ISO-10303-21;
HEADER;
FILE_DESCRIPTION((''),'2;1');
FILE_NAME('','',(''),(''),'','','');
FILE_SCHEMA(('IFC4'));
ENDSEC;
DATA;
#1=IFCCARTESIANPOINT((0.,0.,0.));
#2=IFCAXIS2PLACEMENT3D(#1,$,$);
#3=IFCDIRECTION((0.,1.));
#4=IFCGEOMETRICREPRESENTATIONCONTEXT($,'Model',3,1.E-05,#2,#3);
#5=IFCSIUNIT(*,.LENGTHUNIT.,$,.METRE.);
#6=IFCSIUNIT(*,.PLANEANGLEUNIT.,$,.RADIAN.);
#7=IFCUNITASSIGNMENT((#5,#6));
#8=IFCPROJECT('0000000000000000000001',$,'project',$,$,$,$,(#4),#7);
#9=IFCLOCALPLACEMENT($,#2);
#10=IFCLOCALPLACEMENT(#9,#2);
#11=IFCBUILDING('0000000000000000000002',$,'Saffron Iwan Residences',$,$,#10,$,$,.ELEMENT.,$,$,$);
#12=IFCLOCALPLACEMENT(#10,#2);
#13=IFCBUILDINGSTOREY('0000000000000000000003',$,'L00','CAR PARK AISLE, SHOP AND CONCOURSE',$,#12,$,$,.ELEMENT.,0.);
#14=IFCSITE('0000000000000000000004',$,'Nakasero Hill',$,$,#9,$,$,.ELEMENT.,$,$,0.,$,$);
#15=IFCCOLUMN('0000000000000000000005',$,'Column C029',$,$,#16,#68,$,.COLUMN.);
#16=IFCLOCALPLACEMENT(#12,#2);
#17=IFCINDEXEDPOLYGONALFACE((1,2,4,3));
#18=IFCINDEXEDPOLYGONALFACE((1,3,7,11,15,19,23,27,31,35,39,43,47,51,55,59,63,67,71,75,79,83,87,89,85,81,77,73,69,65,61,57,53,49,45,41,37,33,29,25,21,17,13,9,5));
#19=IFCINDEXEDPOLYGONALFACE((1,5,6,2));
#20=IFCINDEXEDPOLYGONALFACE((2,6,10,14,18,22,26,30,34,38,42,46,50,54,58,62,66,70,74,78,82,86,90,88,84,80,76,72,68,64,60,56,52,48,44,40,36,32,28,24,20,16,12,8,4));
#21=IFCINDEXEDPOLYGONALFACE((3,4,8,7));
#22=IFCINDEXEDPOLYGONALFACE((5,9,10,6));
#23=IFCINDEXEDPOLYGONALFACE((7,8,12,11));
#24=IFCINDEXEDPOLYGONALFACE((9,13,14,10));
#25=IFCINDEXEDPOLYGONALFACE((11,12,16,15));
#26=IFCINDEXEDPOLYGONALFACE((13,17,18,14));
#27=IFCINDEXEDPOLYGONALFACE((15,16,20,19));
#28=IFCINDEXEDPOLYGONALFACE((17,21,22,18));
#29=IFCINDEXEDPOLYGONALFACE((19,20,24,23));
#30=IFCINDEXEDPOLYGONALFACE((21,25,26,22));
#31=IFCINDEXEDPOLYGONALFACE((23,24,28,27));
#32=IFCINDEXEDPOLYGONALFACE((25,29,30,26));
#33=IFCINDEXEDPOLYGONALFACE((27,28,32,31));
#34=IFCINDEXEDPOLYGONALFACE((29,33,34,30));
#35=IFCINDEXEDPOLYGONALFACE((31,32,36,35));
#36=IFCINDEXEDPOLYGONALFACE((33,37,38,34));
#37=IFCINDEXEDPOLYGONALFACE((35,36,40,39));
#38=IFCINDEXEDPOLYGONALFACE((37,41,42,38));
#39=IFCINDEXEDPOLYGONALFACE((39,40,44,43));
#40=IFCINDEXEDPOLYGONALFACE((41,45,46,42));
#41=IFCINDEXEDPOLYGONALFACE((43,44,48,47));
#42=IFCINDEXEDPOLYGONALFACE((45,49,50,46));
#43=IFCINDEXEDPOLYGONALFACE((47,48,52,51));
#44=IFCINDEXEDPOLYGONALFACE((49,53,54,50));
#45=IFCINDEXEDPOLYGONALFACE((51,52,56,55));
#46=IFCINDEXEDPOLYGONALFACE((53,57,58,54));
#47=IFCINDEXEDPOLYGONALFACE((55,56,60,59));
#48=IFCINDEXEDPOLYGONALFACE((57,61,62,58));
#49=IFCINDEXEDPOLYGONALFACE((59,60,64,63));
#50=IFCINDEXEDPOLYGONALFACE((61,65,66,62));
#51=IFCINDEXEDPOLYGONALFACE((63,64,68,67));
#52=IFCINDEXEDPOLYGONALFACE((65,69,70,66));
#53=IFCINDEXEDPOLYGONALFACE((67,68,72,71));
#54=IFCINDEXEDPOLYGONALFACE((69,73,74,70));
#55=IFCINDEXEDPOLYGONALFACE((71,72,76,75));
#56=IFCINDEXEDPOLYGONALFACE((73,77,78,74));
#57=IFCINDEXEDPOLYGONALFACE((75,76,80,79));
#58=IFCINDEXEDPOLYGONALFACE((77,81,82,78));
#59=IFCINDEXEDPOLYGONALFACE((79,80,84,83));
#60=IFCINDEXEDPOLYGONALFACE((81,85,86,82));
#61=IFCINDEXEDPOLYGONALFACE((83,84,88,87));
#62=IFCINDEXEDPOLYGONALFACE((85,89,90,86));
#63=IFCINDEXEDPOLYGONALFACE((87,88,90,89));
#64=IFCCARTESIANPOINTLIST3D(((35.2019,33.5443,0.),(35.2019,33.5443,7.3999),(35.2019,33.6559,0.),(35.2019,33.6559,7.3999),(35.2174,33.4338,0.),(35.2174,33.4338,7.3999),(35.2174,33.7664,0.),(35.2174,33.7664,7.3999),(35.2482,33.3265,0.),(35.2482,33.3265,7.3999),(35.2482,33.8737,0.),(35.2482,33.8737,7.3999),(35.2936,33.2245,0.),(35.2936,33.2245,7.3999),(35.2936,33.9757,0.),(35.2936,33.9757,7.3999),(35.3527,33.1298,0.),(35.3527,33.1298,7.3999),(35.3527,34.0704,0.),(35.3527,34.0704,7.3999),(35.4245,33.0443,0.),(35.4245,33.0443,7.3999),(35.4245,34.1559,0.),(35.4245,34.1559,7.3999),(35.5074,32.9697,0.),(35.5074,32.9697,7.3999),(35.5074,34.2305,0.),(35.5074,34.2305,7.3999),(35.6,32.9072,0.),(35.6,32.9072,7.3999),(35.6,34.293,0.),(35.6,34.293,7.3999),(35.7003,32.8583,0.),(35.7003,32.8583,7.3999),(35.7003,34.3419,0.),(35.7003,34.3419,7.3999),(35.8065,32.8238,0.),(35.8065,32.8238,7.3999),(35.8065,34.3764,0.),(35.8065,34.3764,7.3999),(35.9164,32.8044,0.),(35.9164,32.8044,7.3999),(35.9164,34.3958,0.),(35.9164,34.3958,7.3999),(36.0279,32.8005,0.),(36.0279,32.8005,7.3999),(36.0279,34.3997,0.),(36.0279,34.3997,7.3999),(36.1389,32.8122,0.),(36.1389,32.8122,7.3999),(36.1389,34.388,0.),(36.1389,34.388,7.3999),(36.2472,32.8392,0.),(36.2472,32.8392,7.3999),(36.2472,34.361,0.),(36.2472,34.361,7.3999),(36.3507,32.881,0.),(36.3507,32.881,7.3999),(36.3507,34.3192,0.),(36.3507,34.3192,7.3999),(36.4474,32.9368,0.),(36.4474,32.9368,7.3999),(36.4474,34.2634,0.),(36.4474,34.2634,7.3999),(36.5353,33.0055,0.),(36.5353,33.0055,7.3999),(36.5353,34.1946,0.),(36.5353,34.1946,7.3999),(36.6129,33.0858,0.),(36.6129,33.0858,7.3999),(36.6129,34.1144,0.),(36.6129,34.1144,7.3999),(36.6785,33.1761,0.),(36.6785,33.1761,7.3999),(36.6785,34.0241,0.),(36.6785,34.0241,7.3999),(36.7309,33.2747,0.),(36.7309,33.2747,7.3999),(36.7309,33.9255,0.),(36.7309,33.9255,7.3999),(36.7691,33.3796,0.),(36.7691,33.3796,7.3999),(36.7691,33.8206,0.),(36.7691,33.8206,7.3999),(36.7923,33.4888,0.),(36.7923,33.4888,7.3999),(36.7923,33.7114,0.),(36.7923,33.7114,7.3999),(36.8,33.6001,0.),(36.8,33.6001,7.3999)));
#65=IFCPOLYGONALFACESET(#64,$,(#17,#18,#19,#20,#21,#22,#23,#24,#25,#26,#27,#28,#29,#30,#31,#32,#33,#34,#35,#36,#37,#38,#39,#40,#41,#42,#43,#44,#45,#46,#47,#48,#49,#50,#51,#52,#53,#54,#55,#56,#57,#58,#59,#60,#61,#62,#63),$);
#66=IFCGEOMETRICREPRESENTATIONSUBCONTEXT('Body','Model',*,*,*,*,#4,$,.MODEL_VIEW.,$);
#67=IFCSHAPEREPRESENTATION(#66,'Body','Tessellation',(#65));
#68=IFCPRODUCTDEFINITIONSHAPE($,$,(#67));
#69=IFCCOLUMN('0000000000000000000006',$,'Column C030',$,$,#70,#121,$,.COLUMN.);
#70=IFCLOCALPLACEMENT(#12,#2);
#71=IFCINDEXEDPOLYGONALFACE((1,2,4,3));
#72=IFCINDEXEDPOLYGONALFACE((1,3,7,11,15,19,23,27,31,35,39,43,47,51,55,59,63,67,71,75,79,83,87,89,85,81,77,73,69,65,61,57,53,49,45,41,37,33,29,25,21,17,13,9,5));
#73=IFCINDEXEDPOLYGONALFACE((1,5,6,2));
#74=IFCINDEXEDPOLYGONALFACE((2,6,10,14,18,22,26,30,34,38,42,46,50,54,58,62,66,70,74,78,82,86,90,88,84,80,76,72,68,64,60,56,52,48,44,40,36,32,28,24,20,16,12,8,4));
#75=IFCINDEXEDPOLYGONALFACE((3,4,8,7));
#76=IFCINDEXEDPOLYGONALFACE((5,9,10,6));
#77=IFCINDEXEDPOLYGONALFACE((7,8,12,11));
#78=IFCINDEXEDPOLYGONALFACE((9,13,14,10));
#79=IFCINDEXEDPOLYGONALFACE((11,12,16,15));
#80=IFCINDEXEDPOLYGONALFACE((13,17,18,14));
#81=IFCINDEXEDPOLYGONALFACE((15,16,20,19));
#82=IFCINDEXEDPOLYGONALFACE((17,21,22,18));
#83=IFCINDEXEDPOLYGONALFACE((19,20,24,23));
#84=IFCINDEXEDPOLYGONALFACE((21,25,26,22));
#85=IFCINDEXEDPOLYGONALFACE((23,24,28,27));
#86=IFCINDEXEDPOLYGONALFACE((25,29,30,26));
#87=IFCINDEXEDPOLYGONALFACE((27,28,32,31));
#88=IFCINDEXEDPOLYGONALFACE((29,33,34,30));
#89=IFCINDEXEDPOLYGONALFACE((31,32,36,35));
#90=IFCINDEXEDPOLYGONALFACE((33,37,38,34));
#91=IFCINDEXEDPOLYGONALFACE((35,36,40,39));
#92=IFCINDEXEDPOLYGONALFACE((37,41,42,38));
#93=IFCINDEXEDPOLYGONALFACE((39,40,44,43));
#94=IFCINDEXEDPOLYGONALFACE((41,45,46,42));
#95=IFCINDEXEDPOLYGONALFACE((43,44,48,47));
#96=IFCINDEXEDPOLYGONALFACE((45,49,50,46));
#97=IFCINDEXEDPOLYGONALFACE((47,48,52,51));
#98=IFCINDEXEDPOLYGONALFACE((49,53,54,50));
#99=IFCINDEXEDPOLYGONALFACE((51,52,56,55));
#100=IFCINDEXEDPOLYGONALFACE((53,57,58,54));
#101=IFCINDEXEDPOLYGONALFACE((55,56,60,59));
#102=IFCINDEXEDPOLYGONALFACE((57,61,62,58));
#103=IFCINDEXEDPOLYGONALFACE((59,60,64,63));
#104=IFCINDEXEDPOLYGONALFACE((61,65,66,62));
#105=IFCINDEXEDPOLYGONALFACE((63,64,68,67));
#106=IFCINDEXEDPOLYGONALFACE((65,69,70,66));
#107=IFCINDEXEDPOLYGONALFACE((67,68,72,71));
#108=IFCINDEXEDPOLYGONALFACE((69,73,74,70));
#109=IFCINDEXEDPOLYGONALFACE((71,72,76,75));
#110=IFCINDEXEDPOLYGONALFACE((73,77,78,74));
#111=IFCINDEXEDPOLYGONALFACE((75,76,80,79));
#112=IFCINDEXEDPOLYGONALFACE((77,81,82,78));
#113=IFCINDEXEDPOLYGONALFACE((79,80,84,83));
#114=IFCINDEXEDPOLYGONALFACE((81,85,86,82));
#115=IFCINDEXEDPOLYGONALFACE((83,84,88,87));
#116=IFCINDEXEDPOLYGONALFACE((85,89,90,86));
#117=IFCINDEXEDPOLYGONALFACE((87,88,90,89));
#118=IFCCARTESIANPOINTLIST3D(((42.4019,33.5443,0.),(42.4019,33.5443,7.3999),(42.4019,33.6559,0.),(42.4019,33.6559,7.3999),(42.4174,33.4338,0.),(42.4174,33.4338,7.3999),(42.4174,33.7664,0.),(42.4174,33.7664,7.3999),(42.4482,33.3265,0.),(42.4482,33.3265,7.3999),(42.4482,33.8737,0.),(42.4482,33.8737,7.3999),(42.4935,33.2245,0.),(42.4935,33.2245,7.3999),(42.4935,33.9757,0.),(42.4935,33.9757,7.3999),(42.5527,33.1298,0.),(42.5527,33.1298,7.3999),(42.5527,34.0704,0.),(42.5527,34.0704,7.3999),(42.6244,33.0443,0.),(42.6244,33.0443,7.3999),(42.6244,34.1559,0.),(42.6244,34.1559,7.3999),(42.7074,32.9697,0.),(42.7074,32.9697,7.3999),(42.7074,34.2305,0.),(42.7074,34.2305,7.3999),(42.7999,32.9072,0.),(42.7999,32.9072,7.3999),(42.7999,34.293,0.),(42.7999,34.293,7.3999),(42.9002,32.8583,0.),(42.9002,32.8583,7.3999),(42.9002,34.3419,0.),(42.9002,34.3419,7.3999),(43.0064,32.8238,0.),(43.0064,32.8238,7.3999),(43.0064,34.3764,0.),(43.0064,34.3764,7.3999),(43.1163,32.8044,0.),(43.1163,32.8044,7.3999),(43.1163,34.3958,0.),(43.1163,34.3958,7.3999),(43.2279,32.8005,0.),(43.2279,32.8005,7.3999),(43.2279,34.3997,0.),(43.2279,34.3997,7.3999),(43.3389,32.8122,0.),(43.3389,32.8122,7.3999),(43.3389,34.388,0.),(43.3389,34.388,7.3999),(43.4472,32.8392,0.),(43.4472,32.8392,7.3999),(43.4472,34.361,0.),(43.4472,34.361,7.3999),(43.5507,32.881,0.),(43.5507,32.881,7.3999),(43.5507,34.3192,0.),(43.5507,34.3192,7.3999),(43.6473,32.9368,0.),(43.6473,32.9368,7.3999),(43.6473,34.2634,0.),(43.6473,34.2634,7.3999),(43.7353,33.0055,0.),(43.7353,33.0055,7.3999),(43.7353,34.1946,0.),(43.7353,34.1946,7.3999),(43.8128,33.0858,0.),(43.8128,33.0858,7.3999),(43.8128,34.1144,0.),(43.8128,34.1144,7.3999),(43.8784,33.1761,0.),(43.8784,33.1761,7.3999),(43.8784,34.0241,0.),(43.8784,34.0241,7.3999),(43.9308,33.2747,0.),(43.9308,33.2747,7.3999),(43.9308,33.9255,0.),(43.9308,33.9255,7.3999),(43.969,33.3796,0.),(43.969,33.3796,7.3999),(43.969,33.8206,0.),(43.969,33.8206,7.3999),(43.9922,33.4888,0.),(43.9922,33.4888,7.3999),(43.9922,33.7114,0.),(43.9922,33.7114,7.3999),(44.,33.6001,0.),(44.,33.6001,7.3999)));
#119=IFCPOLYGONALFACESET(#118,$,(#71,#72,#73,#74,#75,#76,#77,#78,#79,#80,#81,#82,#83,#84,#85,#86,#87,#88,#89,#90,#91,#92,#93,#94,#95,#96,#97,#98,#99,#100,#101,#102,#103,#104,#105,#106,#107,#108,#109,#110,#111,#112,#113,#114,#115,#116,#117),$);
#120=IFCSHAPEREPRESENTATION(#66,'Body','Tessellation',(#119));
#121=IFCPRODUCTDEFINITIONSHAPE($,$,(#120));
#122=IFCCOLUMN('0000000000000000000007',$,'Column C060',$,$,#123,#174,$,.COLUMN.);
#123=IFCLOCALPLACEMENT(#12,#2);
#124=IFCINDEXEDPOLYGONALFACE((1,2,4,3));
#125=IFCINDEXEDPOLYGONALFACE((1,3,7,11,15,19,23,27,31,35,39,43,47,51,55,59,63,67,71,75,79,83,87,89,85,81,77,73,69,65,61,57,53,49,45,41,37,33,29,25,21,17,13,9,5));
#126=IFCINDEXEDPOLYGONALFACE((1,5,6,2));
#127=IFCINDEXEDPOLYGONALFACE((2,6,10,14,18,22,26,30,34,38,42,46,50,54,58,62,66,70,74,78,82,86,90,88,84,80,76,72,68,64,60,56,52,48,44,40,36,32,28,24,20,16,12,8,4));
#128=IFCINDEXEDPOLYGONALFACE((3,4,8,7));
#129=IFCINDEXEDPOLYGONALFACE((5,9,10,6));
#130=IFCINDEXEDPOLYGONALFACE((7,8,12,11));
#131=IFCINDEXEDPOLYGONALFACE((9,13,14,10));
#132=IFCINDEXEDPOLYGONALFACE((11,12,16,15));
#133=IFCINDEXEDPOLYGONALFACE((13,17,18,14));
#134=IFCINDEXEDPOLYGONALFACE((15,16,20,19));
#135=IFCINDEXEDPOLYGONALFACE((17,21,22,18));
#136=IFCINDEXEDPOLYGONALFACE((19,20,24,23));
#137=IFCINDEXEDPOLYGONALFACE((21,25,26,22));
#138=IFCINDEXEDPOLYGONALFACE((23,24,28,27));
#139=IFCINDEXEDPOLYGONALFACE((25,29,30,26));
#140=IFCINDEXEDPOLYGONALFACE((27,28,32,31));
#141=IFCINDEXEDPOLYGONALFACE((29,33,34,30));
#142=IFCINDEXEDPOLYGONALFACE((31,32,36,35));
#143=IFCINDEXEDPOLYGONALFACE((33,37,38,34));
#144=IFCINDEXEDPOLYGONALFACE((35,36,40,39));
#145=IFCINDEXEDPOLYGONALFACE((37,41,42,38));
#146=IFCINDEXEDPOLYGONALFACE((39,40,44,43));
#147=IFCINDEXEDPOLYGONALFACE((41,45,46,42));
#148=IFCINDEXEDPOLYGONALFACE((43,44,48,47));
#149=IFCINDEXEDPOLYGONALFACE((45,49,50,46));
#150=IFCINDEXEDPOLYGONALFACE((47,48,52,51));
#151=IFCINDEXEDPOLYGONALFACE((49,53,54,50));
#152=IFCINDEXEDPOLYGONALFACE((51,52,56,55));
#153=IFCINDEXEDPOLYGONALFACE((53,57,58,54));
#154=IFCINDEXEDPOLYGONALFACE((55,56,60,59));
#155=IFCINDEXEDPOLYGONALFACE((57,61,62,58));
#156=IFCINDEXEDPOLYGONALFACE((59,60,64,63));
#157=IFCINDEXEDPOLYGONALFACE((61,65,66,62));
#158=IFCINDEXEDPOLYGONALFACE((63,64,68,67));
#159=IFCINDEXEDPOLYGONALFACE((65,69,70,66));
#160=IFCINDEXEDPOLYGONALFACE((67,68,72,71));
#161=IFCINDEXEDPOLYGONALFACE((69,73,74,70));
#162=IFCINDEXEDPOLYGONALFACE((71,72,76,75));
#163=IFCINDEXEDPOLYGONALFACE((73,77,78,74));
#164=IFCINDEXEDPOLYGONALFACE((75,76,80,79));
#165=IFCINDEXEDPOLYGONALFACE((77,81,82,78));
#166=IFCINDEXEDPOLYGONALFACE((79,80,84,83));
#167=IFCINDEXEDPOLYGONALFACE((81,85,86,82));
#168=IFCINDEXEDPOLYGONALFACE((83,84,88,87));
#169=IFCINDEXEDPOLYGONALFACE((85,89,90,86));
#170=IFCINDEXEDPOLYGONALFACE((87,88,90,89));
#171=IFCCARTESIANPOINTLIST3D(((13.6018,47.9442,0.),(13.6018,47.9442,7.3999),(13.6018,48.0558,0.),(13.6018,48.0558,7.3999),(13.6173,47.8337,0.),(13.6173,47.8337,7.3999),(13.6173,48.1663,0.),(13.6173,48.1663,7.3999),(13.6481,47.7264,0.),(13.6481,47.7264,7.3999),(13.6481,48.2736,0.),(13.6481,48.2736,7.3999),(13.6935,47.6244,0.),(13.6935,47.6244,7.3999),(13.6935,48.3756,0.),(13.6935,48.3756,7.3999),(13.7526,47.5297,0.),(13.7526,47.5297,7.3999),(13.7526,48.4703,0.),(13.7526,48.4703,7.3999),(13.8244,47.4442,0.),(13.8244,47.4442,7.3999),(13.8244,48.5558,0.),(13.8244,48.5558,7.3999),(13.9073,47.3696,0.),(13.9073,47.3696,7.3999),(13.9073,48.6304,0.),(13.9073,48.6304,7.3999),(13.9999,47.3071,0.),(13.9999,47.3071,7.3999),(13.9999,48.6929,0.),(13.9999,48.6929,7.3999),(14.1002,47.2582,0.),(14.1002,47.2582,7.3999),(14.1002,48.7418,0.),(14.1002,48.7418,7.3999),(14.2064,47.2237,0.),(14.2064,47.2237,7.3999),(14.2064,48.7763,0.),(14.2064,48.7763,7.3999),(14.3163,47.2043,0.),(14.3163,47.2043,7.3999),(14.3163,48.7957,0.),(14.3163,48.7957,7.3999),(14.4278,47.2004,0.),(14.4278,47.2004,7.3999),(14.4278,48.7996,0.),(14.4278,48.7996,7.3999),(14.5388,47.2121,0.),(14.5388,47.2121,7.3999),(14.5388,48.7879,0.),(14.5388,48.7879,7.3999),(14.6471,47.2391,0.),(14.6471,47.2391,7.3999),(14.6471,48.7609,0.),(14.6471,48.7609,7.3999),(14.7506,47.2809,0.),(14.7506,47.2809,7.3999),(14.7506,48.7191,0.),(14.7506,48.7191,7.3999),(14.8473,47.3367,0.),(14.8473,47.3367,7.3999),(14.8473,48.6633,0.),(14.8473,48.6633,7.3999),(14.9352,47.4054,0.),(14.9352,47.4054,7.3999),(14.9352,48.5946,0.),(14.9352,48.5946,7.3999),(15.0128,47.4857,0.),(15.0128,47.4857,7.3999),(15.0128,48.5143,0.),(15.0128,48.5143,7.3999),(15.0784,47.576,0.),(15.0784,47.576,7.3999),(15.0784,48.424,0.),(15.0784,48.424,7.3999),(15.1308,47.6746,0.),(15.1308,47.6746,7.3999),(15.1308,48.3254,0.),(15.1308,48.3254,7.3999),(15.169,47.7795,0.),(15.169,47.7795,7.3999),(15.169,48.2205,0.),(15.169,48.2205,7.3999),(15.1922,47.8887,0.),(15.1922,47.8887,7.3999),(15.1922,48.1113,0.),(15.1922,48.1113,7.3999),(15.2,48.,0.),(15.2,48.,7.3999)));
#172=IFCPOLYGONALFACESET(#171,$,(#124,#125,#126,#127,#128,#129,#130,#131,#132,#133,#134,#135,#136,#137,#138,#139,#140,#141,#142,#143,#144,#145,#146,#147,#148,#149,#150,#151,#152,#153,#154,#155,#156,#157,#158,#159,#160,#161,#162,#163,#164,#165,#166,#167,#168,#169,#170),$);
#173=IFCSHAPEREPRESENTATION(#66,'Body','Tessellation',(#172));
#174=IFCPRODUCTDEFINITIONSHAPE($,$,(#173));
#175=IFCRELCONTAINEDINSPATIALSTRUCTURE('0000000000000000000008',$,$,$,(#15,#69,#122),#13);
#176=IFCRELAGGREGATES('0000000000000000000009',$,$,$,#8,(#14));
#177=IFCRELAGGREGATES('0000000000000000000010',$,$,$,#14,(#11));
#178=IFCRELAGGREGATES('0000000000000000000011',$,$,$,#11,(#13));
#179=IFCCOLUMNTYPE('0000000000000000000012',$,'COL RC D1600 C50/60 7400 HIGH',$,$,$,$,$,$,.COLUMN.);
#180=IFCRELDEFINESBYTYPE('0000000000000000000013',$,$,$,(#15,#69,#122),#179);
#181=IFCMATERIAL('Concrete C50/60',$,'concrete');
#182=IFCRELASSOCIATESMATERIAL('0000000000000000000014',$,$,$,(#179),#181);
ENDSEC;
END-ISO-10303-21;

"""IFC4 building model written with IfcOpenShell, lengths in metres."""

from ifc_helpers import new_model, si_unit, direction, frame, origin, origin_2d, place, context, subcontext, project, spatial, circle, extrude, source, transform, mapped, material, material_profile, profile_set, type_object, element, save


model = new_model("IFC4")

# Units and contexts
model_context = context("Model", 3, precision=1e-05, world=origin(), true_north=direction((0.0, 1.0)))
body_context = subcontext(model_context, "Body", "Model", "MODEL_VIEW")
ifc_project = project(units=[si_unit("LENGTHUNIT", "METRE"), si_unit("PLANEANGLEUNIT", "RADIAN")], contexts=[model_context])

# Site, building, storey
site_placement = place(None, origin())
site = spatial("IfcSite", under=ifc_project, at=site_placement, Name="Nakasero Hill", CompositionType="ELEMENT", RefElevation=0.0)
building_placement = place(site_placement, origin())
building = spatial("IfcBuilding", under=site, at=building_placement, Name="Saffron Iwan Residences", CompositionType="ELEMENT")
storey_placement = place(building_placement, origin())
storey = spatial("IfcBuildingStorey", under=building, at=storey_placement, Name="L00", Description="CAR PARK AISLE, SHOP AND CONCOURSE", CompositionType="ELEMENT", Elevation=0.0)

# Columns
ifc_material_1 = material(Name="Concrete C50/60", Category="concrete")
ifc_material_profile_1 = material_profile(ifc_material_1, circle(Radius=0.8, at=origin_2d()), Name="RC D1600")
ifc_profile_set_1 = profile_set([ifc_material_profile_1], Name="Concrete C50/60")
column_type = type_object("IfcColumnType", Name="COL RC D1600 C50/60 7400 HIGH", PredefinedType="COLUMN", material=ifc_profile_set_1)
shared_shape_1 = source(origin(), body_context, "Body", "SweptSolid", [
    extrude(circle(Radius=0.8, at=origin_2d()), origin(), (0.0, 0.0, 1.0), 7.3999),
])
for number, where, z_axis, x_axis, name in (
    (1, (36.0, 33.6001, 0.0), (0.0, 0.0, 1.0), (1.0, 0.0, 0.0), "Column C029"),
    (2, (43.2, 33.6001, 0.0), (0.0, 0.0, 1.0), (1.0, 0.0, 0.0), "Column C030"),
    (3, (14.3999, 48.0, 0.0), (0.0, 0.0, 1.0), (1.0, 0.0, 0.0), "Column C060"),
):
    element("IfcColumn", number, at=place(storey_placement, frame(where, z_axis=z_axis, x_axis=x_axis)), inside=storey, type_object=column_type, Name=name, PredefinedType="COLUMN", context=body_context, shape_type="MappedRepresentation", body=[
        mapped(shared_shape_1, transform((0.0, 0.0, 0.0))),
    ])

save(model, "model.ifc")
